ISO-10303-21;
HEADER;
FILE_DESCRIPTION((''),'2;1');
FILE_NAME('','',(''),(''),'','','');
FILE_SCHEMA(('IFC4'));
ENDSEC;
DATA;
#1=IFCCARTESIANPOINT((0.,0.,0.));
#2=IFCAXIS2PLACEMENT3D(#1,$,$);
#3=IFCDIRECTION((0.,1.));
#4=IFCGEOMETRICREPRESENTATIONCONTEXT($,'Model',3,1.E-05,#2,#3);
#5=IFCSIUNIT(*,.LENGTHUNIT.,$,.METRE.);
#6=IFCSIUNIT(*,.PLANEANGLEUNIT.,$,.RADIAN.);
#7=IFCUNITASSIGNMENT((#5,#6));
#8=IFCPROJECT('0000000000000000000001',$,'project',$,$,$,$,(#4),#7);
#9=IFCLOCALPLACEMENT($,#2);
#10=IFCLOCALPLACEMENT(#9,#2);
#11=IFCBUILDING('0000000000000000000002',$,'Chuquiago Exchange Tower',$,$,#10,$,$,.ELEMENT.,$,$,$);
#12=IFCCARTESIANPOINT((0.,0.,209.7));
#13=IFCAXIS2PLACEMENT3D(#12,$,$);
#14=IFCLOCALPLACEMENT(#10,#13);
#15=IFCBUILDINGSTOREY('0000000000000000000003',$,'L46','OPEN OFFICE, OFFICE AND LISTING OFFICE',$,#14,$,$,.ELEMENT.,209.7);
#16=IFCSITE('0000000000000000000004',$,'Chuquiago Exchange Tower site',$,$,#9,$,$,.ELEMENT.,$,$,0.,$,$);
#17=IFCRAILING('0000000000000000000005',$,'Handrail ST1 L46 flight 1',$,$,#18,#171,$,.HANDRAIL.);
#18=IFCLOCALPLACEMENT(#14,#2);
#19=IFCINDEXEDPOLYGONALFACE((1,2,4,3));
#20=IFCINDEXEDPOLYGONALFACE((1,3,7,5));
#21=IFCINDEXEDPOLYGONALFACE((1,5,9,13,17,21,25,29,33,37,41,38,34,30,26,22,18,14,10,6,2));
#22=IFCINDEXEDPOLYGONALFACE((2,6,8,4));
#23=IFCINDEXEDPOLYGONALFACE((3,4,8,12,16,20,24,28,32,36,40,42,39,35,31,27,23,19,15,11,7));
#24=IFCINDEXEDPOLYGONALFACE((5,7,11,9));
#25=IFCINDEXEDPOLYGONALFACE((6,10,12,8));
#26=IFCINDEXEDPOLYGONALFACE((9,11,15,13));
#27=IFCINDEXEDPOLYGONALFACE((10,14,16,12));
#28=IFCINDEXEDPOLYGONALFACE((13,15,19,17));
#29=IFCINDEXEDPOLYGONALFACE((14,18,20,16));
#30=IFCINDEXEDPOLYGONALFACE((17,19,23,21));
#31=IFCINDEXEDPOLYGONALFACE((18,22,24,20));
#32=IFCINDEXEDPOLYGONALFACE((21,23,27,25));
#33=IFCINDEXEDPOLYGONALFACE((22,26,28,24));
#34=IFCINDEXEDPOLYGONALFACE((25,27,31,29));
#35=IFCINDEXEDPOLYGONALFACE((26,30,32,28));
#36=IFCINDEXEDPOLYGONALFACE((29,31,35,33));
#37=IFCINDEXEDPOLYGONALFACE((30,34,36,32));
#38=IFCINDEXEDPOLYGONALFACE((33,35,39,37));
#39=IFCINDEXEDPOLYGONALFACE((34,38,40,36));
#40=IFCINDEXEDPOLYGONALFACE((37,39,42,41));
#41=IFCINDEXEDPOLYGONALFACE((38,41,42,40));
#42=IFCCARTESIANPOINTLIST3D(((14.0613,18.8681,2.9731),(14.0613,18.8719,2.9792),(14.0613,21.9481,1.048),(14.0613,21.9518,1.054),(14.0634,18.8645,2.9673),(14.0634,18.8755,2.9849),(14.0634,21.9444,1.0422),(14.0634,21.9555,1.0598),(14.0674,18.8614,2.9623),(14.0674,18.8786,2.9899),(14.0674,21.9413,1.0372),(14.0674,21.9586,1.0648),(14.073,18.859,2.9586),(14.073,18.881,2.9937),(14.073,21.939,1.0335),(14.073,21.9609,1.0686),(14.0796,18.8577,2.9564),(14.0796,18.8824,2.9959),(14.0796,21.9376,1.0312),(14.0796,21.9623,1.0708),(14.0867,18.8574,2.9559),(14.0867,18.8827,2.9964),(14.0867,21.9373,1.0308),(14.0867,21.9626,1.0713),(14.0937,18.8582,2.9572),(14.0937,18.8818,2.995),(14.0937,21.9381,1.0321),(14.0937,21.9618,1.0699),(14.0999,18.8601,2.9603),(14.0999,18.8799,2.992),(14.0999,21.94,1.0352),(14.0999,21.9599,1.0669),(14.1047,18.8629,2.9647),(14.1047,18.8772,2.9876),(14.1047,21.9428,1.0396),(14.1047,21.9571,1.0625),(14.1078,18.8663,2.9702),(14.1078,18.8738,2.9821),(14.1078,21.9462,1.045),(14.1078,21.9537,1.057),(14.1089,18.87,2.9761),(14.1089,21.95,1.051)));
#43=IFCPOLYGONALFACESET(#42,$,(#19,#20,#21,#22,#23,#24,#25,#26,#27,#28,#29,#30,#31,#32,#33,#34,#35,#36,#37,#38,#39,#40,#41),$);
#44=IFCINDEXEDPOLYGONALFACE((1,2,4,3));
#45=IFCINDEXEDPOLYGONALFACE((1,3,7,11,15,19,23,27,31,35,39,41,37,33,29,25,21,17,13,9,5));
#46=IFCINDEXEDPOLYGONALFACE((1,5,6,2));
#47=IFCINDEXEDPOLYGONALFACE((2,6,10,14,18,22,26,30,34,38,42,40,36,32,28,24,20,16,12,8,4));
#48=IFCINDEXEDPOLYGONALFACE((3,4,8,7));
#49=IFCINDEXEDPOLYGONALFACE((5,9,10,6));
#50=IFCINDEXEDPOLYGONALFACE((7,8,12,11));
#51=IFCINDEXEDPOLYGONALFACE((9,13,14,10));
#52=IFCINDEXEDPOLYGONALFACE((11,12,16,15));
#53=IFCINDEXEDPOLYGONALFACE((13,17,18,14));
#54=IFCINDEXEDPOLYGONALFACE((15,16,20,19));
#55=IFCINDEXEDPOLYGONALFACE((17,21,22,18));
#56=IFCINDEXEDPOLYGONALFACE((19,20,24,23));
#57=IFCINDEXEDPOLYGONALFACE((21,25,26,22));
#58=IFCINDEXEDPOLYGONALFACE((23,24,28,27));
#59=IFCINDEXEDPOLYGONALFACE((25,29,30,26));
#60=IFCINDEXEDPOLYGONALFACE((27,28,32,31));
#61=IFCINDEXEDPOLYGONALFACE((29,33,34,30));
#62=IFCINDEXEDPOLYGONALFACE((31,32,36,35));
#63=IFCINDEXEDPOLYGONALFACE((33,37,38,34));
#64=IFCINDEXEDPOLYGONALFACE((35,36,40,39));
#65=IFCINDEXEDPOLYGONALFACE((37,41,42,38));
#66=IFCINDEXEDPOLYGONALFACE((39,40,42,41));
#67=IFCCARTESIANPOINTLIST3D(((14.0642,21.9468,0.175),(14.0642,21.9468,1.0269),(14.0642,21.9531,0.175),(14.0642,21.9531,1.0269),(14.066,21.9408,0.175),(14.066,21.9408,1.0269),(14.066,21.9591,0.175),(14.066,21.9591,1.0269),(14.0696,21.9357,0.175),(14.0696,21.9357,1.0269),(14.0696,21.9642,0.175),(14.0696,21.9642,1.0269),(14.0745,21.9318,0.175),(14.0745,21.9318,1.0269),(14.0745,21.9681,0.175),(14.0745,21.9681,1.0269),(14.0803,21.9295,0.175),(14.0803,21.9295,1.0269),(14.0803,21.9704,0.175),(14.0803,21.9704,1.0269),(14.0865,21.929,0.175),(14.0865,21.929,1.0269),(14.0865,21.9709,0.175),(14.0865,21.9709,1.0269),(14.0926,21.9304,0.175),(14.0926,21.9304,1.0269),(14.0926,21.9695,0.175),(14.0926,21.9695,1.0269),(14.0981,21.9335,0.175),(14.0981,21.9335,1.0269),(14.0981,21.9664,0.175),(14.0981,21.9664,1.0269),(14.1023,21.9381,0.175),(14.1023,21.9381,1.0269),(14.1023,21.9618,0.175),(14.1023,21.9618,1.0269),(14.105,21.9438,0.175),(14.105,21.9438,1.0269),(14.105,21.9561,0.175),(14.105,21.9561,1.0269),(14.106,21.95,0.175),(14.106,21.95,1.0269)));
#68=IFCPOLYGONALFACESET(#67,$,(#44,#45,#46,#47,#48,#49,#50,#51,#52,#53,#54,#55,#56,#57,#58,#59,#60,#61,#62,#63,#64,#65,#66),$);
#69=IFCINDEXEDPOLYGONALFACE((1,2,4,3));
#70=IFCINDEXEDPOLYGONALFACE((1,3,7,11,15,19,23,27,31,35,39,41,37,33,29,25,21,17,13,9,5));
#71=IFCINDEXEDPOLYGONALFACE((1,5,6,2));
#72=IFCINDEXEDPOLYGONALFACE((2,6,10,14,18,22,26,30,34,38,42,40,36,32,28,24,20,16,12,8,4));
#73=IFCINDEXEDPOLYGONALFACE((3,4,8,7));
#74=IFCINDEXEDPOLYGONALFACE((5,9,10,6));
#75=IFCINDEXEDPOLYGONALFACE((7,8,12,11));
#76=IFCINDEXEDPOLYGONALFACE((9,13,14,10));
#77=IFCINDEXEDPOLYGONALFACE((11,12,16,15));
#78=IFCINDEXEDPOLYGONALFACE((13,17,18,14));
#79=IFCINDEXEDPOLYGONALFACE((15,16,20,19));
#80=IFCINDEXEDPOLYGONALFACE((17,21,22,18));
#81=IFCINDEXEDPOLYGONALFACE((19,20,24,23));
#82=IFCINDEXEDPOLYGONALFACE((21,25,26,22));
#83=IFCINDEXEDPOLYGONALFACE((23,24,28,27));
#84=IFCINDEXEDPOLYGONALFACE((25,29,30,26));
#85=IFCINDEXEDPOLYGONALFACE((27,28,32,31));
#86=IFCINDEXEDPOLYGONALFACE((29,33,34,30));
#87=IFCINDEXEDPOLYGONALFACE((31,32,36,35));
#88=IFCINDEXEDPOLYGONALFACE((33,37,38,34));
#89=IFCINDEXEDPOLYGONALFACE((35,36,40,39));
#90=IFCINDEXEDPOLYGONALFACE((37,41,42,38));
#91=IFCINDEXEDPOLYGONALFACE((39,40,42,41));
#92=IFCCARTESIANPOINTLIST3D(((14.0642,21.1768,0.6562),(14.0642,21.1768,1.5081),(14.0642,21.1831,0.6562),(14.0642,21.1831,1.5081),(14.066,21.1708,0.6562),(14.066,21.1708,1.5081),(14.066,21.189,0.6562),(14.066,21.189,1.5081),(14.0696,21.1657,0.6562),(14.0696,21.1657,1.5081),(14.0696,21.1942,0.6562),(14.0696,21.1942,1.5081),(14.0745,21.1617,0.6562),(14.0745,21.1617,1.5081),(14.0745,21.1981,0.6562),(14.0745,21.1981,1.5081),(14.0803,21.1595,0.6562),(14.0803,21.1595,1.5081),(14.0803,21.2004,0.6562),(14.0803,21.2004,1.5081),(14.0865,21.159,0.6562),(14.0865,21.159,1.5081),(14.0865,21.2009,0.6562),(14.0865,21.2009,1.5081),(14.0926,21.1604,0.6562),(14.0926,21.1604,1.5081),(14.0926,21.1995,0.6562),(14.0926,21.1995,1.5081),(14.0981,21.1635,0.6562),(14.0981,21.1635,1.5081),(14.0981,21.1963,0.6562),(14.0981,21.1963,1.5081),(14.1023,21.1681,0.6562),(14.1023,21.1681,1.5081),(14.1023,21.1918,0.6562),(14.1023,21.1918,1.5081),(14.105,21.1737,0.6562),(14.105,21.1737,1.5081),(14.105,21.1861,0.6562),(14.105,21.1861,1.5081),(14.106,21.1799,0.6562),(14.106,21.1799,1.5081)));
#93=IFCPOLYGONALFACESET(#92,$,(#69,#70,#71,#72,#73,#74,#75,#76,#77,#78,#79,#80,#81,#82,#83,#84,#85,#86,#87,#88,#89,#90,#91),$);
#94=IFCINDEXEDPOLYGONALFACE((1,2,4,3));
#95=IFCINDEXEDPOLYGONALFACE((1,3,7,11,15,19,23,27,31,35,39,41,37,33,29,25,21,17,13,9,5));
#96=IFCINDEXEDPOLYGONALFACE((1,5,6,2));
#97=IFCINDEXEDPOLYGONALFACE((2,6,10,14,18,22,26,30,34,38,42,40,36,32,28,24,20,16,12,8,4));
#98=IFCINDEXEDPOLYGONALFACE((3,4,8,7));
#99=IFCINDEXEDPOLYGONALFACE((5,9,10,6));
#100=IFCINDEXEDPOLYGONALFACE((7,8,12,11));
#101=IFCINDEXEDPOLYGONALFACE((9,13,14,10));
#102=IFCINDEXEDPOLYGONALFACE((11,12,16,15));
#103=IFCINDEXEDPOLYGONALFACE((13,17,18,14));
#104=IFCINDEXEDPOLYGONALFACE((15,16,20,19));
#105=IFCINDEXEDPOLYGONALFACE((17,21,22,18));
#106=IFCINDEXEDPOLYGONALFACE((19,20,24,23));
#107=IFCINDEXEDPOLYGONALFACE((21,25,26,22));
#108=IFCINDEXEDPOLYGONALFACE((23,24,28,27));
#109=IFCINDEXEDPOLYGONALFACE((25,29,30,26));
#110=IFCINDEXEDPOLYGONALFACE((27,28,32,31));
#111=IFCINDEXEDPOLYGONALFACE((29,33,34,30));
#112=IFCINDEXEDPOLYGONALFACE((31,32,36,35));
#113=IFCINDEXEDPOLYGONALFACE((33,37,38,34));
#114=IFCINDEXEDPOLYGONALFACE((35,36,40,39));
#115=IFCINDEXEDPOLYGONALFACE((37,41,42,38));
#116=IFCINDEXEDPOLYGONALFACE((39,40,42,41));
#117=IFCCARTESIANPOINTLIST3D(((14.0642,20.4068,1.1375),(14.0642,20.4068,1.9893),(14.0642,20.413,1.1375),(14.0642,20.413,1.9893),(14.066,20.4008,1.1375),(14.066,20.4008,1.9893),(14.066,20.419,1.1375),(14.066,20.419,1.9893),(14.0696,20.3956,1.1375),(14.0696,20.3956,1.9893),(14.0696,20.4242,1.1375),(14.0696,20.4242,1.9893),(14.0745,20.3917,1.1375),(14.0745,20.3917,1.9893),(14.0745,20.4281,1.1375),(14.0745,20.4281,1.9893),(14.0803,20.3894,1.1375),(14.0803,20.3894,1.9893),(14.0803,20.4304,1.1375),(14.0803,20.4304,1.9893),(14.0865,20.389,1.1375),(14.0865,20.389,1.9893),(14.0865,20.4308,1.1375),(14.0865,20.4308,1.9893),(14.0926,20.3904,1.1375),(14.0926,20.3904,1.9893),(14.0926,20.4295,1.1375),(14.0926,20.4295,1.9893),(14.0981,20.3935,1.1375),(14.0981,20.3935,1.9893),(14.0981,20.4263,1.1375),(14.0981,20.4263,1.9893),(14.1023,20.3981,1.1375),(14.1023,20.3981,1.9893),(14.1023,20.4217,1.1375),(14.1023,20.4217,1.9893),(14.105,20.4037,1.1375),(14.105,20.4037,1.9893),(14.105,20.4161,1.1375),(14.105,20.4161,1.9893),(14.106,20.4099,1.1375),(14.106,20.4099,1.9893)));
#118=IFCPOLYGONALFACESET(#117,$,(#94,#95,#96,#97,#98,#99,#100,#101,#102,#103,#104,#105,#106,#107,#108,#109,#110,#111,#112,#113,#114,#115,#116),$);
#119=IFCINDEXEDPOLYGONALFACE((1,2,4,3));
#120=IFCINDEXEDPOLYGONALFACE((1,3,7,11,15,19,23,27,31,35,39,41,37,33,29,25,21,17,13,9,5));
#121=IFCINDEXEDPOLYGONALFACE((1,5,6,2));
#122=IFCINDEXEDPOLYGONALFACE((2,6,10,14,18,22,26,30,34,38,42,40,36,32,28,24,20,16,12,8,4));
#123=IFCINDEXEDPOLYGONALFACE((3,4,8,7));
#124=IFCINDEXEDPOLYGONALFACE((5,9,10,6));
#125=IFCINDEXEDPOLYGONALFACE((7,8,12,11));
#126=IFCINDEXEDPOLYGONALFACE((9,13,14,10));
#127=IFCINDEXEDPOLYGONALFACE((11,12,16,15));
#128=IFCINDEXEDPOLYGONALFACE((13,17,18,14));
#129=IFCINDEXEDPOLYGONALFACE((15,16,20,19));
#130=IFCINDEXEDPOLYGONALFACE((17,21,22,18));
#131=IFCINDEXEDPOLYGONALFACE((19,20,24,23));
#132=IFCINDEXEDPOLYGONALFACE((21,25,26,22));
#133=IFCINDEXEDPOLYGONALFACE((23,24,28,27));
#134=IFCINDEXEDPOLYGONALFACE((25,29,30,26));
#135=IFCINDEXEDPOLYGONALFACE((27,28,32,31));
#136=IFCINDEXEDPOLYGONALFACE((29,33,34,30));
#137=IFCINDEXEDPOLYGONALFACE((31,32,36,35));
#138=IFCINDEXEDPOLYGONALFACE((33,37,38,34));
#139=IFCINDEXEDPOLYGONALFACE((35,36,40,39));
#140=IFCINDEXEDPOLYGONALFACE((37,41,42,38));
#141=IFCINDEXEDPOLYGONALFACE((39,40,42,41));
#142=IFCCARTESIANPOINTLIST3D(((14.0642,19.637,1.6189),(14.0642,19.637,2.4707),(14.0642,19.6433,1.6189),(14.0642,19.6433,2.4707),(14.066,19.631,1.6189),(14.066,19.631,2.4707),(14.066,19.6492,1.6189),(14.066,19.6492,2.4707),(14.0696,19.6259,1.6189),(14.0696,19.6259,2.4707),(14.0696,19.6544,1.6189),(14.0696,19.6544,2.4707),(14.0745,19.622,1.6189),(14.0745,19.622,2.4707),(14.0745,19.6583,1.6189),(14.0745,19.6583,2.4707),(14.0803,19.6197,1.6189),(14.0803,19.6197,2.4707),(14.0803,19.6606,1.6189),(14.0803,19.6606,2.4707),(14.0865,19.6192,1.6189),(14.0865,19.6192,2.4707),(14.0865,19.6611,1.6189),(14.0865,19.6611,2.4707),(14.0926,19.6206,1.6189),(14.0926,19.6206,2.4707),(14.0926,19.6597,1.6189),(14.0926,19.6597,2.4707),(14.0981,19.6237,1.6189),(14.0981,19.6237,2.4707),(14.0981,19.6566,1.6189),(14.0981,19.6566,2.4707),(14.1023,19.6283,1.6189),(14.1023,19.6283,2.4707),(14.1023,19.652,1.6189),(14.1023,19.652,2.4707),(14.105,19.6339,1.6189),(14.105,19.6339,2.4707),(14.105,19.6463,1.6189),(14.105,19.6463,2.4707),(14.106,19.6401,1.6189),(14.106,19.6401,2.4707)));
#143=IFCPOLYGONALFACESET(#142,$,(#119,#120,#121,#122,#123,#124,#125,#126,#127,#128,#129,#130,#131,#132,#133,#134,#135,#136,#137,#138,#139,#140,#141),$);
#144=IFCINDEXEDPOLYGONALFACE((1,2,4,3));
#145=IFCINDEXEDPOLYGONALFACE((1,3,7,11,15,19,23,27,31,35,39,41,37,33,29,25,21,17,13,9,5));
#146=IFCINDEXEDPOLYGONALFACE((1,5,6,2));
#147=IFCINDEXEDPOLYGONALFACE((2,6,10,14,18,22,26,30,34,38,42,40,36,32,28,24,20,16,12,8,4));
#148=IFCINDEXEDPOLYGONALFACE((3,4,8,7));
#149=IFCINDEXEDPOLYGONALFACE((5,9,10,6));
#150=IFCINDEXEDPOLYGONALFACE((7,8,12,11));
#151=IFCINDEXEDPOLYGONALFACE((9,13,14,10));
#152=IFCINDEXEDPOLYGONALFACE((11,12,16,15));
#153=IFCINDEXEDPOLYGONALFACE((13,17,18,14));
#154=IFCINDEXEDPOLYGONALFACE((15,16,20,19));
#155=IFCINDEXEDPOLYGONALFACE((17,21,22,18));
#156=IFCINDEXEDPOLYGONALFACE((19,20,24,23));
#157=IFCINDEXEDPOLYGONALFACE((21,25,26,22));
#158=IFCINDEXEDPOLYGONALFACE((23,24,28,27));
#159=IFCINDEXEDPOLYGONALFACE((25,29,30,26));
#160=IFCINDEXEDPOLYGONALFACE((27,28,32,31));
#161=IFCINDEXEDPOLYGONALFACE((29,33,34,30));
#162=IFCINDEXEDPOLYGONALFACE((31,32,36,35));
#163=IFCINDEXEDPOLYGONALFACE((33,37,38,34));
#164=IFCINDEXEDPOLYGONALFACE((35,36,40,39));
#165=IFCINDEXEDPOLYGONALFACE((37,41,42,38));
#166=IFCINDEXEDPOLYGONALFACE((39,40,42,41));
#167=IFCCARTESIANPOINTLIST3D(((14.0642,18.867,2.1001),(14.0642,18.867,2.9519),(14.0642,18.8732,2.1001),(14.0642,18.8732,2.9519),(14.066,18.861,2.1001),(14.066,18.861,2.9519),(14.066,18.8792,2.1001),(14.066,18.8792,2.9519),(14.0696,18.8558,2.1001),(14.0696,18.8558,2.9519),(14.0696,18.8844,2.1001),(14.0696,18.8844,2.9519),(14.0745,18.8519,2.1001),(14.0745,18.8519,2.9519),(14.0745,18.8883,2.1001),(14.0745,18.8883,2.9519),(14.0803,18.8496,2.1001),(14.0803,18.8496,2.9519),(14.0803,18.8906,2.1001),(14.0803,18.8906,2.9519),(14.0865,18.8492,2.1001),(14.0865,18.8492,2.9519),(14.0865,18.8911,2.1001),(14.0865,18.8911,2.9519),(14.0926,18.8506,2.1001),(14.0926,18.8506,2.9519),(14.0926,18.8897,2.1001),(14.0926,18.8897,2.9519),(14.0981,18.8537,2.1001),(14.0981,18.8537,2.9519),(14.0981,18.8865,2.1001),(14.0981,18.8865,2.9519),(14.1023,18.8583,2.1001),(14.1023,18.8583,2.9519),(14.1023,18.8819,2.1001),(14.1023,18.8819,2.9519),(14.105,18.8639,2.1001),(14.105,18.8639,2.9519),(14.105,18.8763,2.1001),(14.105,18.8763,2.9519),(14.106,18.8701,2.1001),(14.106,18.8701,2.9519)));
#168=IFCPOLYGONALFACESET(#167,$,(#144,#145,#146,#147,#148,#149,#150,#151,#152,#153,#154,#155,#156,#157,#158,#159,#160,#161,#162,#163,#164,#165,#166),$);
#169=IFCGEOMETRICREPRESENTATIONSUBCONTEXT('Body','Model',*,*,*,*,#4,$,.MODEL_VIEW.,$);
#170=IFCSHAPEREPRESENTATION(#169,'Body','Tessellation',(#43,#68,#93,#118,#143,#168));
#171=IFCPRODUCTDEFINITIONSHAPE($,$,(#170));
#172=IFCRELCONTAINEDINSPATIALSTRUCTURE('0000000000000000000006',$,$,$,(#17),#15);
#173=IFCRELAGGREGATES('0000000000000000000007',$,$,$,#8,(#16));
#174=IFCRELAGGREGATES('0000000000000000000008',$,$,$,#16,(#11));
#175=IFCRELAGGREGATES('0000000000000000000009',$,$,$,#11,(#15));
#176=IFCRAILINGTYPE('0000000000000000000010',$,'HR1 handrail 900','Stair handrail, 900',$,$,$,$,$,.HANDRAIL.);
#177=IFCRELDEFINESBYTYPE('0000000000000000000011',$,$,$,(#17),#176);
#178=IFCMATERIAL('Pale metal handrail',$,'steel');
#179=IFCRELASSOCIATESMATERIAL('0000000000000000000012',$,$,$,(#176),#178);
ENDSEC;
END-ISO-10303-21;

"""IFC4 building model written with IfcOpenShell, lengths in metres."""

from ifc_helpers import new_model, si_unit, direction, frame, origin, origin_2d, place, context, subcontext, project, spatial, circle, extrude, material, type_object, element, save


model = new_model("IFC4")

# Units and contexts
model_context = context("Model", 3, precision=1e-05, world=origin(), true_north=direction((0.0, 1.0)))
body_context = subcontext(model_context, "Body", "Model", "MODEL_VIEW")
ifc_project = project(units=[si_unit("LENGTHUNIT", "METRE"), si_unit("PLANEANGLEUNIT", "RADIAN")], contexts=[model_context])

# Site, building, storey
site_placement = place(None, origin())
site = spatial("IfcSite", under=ifc_project, at=site_placement, Name="Chuquiago Exchange Tower site", CompositionType="ELEMENT", RefElevation=0.0)
building_placement = place(site_placement, origin())
building = spatial("IfcBuilding", under=site, at=building_placement, Name="Chuquiago Exchange Tower", CompositionType="ELEMENT")
storey_placement = place(building_placement, frame((0.0, 0.0, 209.7)))
storey = spatial("IfcBuildingStorey", under=building, at=storey_placement, Name="L46", Description="OPEN OFFICE, OFFICE AND LISTING OFFICE", CompositionType="ELEMENT", Elevation=209.7)

# Railing
ifc_material_1 = material(Name="Pale metal handrail", Category="steel")
railing_type_1 = type_object("IfcRailingType", Name="HR1 handrail 900", Description="Stair handrail, 900", PredefinedType="HANDRAIL", material=ifc_material_1)
for number, where, name in (
    (1, (14.085, 21.95, 0.175), "Handrail ST1 L46 flight 1"),
):
    element("IfcRailing", number, at=place(storey_placement, frame(where)), inside=storey, type_object=railing_type_1, Name=name, PredefinedType="HANDRAIL", context=body_context, shape_type="SweptSolid", body=[
        extrude(circle(Radius=0.0239, at=origin_2d()), frame((0.0, 0.0, 0.876), z_axis=(0.0, -0.847979, 0.530029), x_axis=(1.0, 0.0, 0.0)), (0.0, 0.0, 1.0), 3.6321),
        extrude(circle(Radius=0.021, at=origin_2d()), origin(), (0.0, 0.0, 1.0), 0.8518),
        extrude(circle(Radius=0.021, at=origin_2d()), frame((0.0, -0.77, 0.4812)), (0.0, 0.0, 1.0), 0.8518),
        extrude(circle(Radius=0.021, at=origin_2d()), frame((0.0, -1.54, 0.9624)), (0.0, 0.0, 1.0), 0.8518),
        extrude(circle(Radius=0.021, at=origin_2d()), frame((0.0, -2.3098, 1.4438)), (0.0, 0.0, 1.0), 0.8518),
        extrude(circle(Radius=0.021, at=origin_2d()), frame((0.0, -3.0798, 1.925)), (0.0, 0.0, 1.0), 0.8518),
    ])

save(model, "model.ifc")
